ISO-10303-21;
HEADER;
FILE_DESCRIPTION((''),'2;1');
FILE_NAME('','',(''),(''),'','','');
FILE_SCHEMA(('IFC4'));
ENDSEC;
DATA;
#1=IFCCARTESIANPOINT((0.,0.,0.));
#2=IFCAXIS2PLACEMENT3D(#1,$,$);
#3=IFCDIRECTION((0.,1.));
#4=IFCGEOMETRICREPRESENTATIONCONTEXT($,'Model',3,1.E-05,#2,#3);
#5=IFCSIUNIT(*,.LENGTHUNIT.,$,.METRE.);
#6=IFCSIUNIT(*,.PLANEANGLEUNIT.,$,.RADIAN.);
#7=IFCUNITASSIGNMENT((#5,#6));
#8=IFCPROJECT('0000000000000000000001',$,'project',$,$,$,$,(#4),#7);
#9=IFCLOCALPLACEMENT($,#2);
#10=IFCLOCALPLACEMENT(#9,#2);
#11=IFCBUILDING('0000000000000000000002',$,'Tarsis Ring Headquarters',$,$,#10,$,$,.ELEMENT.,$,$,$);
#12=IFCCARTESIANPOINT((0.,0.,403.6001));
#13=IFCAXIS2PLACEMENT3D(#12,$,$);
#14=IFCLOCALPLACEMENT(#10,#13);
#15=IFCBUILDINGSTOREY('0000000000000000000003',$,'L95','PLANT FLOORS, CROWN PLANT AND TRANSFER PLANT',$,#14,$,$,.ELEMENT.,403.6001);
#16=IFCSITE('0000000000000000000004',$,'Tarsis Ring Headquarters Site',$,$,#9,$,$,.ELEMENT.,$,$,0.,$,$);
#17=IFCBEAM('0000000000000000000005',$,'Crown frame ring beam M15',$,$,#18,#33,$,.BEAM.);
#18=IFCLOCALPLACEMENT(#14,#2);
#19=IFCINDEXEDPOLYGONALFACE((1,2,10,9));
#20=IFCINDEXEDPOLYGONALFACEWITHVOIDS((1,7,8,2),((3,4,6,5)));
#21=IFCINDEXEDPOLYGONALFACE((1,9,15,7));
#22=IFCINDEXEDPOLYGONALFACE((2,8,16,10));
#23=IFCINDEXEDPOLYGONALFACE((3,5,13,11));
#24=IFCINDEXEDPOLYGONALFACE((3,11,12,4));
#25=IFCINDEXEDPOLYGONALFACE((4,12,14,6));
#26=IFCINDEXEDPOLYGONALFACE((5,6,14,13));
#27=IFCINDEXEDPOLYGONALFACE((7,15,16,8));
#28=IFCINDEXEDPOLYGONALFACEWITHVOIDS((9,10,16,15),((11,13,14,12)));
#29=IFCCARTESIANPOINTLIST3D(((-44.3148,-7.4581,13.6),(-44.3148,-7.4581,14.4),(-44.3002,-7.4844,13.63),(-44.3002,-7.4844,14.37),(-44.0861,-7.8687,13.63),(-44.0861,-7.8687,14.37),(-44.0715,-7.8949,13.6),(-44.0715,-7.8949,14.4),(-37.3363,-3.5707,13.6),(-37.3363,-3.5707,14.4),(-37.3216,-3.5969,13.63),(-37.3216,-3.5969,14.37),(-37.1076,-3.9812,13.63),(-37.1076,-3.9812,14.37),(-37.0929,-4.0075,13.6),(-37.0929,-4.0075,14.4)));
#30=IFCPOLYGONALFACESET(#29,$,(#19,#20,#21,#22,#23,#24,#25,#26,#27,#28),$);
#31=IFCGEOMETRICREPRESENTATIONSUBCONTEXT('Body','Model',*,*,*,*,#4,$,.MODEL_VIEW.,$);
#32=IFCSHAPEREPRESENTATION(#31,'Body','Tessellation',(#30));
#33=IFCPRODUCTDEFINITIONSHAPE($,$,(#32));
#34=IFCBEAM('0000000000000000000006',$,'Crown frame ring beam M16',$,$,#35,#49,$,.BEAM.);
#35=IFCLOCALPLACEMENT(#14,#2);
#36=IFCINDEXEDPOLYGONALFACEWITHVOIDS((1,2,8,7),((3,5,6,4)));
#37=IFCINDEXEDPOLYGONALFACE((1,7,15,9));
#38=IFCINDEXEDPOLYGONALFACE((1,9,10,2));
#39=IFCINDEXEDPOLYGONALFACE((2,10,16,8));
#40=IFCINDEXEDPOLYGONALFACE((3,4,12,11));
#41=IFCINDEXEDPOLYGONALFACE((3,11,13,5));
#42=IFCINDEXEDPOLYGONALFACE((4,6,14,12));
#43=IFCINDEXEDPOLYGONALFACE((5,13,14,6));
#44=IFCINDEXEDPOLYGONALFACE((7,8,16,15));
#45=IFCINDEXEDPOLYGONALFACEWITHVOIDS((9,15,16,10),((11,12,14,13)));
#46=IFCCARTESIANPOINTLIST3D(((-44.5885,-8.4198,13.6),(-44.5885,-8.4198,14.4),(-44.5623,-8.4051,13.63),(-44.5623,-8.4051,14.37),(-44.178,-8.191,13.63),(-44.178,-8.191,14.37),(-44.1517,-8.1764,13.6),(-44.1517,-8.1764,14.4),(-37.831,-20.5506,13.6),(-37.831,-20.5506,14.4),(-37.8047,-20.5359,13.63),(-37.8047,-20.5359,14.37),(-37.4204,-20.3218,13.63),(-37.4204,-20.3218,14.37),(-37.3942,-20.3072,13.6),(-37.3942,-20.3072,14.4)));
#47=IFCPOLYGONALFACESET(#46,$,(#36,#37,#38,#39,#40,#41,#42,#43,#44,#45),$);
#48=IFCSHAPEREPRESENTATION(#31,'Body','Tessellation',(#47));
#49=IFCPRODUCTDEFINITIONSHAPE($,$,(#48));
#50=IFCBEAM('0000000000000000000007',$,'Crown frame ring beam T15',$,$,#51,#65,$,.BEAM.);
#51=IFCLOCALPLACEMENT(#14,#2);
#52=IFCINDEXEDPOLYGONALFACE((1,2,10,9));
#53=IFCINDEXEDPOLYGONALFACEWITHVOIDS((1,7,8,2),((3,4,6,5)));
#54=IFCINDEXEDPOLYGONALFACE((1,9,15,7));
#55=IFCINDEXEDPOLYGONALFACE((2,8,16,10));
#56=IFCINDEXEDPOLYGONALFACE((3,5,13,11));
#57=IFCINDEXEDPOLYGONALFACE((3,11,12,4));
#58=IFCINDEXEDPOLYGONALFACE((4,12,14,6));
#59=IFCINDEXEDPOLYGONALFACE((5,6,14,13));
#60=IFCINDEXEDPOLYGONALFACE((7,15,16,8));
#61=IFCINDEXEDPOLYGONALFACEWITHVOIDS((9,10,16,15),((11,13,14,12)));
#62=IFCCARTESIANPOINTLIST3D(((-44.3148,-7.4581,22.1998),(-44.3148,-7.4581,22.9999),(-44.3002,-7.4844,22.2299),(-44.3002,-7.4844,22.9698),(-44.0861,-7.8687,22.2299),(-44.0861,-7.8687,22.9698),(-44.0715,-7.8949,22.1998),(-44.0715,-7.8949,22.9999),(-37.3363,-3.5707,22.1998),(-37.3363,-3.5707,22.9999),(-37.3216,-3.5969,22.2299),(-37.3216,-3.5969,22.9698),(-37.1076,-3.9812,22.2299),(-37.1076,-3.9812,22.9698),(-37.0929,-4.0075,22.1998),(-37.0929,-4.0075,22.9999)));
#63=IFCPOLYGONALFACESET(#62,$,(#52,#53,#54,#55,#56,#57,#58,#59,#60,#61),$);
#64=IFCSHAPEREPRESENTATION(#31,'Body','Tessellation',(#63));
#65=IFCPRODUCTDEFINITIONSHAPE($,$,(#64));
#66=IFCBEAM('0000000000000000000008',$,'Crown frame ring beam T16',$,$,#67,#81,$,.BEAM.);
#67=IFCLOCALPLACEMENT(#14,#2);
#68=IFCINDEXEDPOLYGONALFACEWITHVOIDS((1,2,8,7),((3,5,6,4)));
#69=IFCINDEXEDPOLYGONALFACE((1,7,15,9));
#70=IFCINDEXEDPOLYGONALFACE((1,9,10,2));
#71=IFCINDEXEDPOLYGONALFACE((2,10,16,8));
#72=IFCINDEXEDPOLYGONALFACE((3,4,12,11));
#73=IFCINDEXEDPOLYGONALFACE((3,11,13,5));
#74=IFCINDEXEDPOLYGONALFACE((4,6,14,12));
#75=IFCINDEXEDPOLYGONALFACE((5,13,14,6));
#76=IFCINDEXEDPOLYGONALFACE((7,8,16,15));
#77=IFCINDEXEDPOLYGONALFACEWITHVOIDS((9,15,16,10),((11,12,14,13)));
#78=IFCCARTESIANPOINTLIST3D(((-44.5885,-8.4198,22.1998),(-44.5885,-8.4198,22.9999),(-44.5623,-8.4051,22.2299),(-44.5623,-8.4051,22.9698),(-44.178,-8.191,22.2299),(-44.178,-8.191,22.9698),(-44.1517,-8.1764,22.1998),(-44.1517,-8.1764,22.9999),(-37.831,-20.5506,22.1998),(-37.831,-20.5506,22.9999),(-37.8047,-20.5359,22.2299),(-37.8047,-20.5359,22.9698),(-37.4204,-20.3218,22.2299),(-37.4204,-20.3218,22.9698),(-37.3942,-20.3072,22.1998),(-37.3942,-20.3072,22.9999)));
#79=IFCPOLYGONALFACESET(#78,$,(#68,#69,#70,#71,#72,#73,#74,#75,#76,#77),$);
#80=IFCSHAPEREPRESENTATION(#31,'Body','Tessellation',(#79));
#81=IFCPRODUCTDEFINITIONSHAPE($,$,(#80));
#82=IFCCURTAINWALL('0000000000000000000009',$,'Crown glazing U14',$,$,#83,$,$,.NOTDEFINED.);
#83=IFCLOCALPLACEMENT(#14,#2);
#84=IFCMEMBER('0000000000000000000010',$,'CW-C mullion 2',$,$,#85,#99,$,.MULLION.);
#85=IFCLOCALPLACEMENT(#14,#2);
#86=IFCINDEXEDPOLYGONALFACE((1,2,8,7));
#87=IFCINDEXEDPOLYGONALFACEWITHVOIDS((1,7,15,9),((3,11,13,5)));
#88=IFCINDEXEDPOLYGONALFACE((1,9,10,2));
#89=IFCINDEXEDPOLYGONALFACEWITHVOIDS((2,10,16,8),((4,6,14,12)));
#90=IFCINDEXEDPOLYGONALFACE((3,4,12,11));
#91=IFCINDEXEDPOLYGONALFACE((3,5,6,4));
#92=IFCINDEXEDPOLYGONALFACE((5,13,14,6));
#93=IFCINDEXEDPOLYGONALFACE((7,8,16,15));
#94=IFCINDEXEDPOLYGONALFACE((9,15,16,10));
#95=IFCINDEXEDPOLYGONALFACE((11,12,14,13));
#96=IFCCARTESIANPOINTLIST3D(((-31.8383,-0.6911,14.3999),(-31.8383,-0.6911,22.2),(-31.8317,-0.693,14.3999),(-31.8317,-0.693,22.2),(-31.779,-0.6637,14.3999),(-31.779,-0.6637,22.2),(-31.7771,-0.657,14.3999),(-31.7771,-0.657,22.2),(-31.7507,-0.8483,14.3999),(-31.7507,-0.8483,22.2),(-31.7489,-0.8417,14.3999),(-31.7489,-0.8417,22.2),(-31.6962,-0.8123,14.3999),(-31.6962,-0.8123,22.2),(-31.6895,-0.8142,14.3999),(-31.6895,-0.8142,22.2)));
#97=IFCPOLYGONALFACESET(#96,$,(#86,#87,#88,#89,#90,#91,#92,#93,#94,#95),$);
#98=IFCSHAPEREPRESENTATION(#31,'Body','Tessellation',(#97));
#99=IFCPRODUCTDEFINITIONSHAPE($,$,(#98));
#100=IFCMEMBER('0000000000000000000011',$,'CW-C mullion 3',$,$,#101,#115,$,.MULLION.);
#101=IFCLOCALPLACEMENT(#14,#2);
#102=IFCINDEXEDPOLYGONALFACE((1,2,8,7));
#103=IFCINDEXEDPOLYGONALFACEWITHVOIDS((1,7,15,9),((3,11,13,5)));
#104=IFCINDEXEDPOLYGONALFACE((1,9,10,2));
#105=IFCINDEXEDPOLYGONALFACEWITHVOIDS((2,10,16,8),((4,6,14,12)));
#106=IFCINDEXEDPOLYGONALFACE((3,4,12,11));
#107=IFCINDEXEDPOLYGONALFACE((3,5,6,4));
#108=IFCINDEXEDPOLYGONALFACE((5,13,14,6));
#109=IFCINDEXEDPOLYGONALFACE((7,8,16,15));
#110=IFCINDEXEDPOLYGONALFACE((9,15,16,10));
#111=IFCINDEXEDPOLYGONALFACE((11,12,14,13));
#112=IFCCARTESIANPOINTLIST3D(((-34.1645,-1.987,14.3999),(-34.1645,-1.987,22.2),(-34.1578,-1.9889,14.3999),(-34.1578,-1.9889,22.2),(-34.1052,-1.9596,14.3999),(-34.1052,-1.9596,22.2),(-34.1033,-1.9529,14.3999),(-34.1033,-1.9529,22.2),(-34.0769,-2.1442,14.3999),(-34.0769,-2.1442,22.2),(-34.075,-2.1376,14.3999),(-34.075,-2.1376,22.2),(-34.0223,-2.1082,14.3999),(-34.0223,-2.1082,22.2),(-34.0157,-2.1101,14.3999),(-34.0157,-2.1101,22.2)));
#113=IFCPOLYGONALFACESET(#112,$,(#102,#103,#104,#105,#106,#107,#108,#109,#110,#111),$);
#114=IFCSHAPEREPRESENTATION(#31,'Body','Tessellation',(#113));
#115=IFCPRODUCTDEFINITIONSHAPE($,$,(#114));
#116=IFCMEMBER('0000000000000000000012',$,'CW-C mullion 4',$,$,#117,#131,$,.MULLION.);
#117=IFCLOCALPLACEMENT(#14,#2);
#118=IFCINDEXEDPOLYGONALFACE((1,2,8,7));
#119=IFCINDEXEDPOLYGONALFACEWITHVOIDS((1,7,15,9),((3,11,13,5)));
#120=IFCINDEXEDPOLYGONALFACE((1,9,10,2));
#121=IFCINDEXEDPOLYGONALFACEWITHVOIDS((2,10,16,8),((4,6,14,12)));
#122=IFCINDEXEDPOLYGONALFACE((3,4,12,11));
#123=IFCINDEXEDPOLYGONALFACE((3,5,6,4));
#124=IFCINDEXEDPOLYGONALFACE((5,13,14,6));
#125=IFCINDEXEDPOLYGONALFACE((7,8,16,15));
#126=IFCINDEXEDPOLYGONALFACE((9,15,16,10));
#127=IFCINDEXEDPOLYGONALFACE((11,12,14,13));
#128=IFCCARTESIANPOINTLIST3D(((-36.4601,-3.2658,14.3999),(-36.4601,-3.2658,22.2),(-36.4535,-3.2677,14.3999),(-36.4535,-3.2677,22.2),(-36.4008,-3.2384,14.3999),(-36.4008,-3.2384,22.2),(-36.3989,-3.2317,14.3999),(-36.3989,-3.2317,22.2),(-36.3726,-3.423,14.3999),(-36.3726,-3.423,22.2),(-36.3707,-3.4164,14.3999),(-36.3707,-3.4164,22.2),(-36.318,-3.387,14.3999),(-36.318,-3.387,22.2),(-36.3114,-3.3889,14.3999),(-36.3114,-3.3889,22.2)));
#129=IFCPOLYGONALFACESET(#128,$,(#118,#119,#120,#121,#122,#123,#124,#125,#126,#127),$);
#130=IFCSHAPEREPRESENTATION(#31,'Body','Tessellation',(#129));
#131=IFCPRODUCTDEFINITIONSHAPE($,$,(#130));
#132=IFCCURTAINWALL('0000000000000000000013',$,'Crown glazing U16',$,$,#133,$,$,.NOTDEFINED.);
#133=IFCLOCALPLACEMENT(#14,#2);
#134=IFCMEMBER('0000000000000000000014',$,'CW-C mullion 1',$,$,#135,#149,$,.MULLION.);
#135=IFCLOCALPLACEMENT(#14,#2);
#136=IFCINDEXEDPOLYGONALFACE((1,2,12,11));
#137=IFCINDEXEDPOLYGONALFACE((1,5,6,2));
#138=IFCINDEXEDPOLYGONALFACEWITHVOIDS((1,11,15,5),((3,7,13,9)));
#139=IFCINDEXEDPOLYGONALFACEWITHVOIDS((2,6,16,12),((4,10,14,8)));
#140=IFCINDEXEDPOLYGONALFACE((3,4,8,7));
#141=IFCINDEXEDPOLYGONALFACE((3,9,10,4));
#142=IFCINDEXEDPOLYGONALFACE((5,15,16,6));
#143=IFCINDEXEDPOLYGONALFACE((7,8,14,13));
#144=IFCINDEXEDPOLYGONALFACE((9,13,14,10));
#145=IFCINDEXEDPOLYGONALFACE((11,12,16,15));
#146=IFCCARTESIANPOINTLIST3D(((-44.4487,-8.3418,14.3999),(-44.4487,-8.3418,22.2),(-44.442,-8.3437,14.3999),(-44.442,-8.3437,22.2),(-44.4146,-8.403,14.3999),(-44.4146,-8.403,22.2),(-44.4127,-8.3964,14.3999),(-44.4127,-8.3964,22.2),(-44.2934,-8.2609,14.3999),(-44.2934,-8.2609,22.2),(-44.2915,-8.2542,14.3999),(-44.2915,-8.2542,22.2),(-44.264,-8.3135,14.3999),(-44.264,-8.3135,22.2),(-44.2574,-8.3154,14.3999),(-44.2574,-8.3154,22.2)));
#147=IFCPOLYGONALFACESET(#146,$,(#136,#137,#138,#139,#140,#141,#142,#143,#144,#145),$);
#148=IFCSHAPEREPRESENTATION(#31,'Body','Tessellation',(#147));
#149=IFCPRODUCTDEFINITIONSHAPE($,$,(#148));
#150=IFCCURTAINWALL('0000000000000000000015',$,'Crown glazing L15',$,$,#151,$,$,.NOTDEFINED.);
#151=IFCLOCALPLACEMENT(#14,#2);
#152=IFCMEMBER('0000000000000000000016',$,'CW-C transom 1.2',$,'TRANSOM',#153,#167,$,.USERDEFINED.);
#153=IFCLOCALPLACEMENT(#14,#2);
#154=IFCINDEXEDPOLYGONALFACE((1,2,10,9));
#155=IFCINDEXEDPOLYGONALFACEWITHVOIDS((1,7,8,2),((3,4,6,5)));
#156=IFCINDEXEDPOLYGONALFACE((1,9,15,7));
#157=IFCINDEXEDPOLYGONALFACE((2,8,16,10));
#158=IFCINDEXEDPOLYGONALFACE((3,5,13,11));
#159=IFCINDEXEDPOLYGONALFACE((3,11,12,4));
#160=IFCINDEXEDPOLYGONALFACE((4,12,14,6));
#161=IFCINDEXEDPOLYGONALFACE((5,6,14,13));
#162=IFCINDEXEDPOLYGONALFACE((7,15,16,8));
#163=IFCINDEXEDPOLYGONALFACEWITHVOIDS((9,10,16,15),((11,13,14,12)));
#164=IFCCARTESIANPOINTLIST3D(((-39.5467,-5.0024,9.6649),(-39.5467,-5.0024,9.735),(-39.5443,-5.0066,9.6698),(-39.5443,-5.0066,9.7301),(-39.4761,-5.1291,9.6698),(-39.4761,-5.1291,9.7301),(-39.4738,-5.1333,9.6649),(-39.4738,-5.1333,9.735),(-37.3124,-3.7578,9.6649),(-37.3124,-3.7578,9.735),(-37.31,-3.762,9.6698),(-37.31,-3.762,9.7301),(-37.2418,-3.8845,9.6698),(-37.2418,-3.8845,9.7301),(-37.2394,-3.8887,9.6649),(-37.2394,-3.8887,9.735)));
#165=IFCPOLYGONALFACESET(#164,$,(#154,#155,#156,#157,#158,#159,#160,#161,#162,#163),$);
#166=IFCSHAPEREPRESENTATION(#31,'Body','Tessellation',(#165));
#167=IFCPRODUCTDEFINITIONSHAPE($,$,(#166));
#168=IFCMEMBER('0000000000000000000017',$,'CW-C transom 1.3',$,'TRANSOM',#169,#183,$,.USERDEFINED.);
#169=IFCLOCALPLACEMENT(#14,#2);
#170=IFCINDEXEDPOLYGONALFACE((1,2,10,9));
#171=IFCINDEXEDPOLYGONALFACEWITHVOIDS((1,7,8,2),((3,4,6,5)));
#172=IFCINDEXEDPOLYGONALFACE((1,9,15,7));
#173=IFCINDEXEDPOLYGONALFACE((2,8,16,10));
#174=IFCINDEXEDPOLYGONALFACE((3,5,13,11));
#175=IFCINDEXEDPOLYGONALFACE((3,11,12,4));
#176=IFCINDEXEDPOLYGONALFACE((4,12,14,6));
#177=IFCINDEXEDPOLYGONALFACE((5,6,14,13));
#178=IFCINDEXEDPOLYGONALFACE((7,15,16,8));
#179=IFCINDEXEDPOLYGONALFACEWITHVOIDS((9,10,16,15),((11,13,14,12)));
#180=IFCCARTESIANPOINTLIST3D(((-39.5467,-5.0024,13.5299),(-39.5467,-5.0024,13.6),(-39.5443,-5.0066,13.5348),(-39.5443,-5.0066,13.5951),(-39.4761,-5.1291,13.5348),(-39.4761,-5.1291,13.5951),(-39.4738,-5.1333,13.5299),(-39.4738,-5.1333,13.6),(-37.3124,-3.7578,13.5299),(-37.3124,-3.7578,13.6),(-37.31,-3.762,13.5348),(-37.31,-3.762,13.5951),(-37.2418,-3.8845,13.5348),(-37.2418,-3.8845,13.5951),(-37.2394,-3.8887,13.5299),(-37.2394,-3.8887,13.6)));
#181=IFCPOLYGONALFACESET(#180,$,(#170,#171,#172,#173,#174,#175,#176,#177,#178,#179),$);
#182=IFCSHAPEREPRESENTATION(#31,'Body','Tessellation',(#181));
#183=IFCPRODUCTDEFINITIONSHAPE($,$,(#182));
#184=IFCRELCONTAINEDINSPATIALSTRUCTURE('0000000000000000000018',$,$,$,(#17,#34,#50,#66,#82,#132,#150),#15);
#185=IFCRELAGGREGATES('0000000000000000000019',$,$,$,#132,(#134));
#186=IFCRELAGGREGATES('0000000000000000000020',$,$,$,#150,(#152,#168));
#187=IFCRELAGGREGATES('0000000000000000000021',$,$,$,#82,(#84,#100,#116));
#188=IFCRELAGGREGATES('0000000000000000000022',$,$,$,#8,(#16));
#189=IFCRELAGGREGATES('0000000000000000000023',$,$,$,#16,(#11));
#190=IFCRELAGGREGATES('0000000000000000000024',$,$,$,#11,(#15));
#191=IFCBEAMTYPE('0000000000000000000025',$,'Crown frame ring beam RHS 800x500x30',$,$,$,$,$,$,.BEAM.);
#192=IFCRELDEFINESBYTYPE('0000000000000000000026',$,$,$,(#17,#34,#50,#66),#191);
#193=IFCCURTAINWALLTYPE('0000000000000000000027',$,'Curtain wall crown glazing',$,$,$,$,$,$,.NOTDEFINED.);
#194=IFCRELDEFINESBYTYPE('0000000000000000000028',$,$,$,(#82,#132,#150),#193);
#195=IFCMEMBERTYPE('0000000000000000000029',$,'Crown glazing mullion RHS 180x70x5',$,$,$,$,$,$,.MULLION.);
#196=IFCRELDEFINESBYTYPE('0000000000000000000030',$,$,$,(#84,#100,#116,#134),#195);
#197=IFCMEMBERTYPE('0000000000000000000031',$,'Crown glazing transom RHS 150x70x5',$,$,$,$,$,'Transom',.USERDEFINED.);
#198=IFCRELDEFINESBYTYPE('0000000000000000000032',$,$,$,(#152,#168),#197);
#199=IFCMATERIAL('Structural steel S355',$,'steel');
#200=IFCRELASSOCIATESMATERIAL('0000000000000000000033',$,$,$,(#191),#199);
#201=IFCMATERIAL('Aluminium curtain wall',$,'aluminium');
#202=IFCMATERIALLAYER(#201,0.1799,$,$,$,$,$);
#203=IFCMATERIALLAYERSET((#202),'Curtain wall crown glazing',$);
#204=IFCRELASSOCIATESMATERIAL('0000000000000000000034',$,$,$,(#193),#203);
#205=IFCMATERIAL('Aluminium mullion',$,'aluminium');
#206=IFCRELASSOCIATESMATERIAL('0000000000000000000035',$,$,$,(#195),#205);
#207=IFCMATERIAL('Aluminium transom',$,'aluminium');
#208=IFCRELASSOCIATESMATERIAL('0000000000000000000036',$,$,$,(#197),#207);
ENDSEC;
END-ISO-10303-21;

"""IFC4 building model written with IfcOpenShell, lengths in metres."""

from ifc_helpers import new_model, si_unit, direction, frame, origin, origin_2d, place, context, subcontext, project, spatial, hollow_rectangle, extrude, material, layer, layer_set, material_profile, profile_set, type_object, element, aggregate, save


model = new_model("IFC4")

# Units and contexts
model_context = context("Model", 3, precision=1e-05, world=origin(), true_north=direction((0.0, 1.0)))
body_context = subcontext(model_context, "Body", "Model", "MODEL_VIEW")
ifc_project = project(units=[si_unit("LENGTHUNIT", "METRE"), si_unit("PLANEANGLEUNIT", "RADIAN")], contexts=[model_context])

# Site, building, storey
site_placement = place(None, origin())
site = spatial("IfcSite", under=ifc_project, at=site_placement, Name="Tarsis Ring Headquarters Site", CompositionType="ELEMENT", RefElevation=0.0)
building_placement = place(site_placement, origin())
building = spatial("IfcBuilding", under=site, at=building_placement, Name="Tarsis Ring Headquarters", CompositionType="ELEMENT")
storey_placement = place(building_placement, frame((0.0, 0.0, 403.6001)))
storey = spatial("IfcBuildingStorey", under=building, at=storey_placement, Name="L95", Description="PLANT FLOORS, CROWN PLANT AND TRANSFER PLANT", CompositionType="ELEMENT", Elevation=403.6001)

# Beams
ifc_material_1 = material(Name="Structural steel S355", Category="steel")
ifc_material_profile_1 = material_profile(ifc_material_1, hollow_rectangle(XDim=0.5, YDim=0.8, WallThickness=0.03, at=origin_2d()), Name="RHS 800x500x30")
ifc_profile_set_1 = profile_set([ifc_material_profile_1], Name="Structural steel S355")
beam_type = type_object("IfcBeamType", Name="Crown frame ring beam RHS 800x500x30", PredefinedType="BEAM", material=ifc_profile_set_1)
beam_1_placement = place(storey_placement, frame((-37.2146, -3.7891, 14.0), z_axis=(-0.873599, -0.486647, 0.0), x_axis=(0.486647, -0.873599, 0.0)))
element("IfcBeam", 1, at=beam_1_placement, inside=storey, type_object=beam_type, Name="Crown frame ring beam M15", PredefinedType="BEAM", context=body_context, shape_type="SweptSolid", body=[
    extrude(hollow_rectangle(XDim=0.5, YDim=0.8, WallThickness=0.03, at=origin_2d()), origin(), (0.0, 0.0, 1.0), 7.9883),
])
beam_2_placement = place(storey_placement, frame((-44.3701, -8.2981, 14.0), z_axis=(0.486644, -0.8736, 0.0), x_axis=(0.8736, 0.486644, 0.0)))
element("IfcBeam", 2, at=beam_2_placement, inside=storey, type_object=beam_type, Name="Crown frame ring beam M16", PredefinedType="BEAM", context=body_context, shape_type="SweptSolid", body=[
    extrude(hollow_rectangle(XDim=0.5, YDim=0.8, WallThickness=0.03, at=origin_2d()), origin(), (0.0, 0.0, 1.0), 13.886),
])
beam_3_placement = place(storey_placement, frame((-37.2146, -3.7891, 22.5999), z_axis=(-0.873599, -0.486647, 0.0), x_axis=(0.486647, -0.873599, 0.0)))
element("IfcBeam", 3, at=beam_3_placement, inside=storey, type_object=beam_type, Name="Crown frame ring beam T15", PredefinedType="BEAM", context=body_context, shape_type="SweptSolid", body=[
    extrude(hollow_rectangle(XDim=0.5, YDim=0.8, WallThickness=0.03, at=origin_2d()), origin(), (0.0, 0.0, 1.0), 7.9883),
])
beam_4_placement = place(storey_placement, frame((-44.3701, -8.2981, 22.5999), z_axis=(0.486644, -0.8736, 0.0), x_axis=(0.8736, 0.486644, 0.0)))
element("IfcBeam", 4, at=beam_4_placement, inside=storey, type_object=beam_type, Name="Crown frame ring beam T16", PredefinedType="BEAM", context=body_context, shape_type="SweptSolid", body=[
    extrude(hollow_rectangle(XDim=0.5, YDim=0.8, WallThickness=0.03, at=origin_2d()), origin(), (0.0, 0.0, 1.0), 13.886),
])

# Curtain wall, members
ifc_material_2 = material(Name="Aluminium curtain wall", Category="aluminium")
ifc_layer_1 = layer(ifc_material_2, 0.1799)
ifc_layer_set_1 = layer_set([ifc_layer_1], Name="Curtain wall crown glazing")
curtain_wall_type = type_object("IfcCurtainWallType", Name="Curtain wall crown glazing", PredefinedType="NOTDEFINED", material=ifc_layer_set_1)
curtain_wall_1_placement = place(storey_placement, origin())
curtain_wall_1 = element("IfcCurtainWall", 5, at=curtain_wall_1_placement, inside=storey, type_object=curtain_wall_type, Name="Crown glazing U14", PredefinedType="NOTDEFINED")
ifc_material_3 = material(Name="Aluminium mullion", Category="aluminium")
ifc_material_profile_2 = material_profile(ifc_material_3, hollow_rectangle(XDim=0.1799, YDim=0.0701, WallThickness=0.0049, at=origin_2d()), Name="RHS 180x70x5")
ifc_profile_set_2 = profile_set([ifc_material_profile_2], Name="Aluminium mullion")
member_type_1 = type_object("IfcMemberType", Name="Crown glazing mullion RHS 180x70x5", PredefinedType="MULLION", material=ifc_profile_set_2)
member_1_placement = place(storey_placement, frame((-31.7639, -0.7527, 14.3999), z_axis=(0.0, 0.0, 1.0), x_axis=(0.48664, -0.873602, 0.0)))
member_1 = element("IfcMember", 6, at=member_1_placement, type_object=member_type_1, Name="CW-C mullion 2", PredefinedType="MULLION", context=body_context, shape_type="SweptSolid", body=[
    extrude(hollow_rectangle(XDim=0.1799, YDim=0.0701, WallThickness=0.0049, at=origin_2d()), origin(), (0.0, 0.0, 1.0), 7.8),
])
member_2_placement = place(storey_placement, frame((-34.0901, -2.0486, 14.3999), z_axis=(0.0, 0.0, 1.0), x_axis=(0.48664, -0.873602, 0.0)))
member_2 = element("IfcMember", 7, at=member_2_placement, type_object=member_type_1, Name="CW-C mullion 3", PredefinedType="MULLION", context=body_context, shape_type="SweptSolid", body=[
    extrude(hollow_rectangle(XDim=0.1799, YDim=0.0701, WallThickness=0.0049, at=origin_2d()), origin(), (0.0, 0.0, 1.0), 7.8),
])
member_3_placement = place(storey_placement, frame((-36.3857, -3.3274, 14.3999), z_axis=(0.0, 0.0, 1.0), x_axis=(0.48664, -0.873602, 0.0)))
member_3 = element("IfcMember", 8, at=member_3_placement, type_object=member_type_1, Name="CW-C mullion 4", PredefinedType="MULLION", context=body_context, shape_type="SweptSolid", body=[
    extrude(hollow_rectangle(XDim=0.1799, YDim=0.0701, WallThickness=0.0049, at=origin_2d()), origin(), (0.0, 0.0, 1.0), 7.8),
])

# Curtain wall, member
curtain_wall_2_placement = place(storey_placement, origin())
curtain_wall_2 = element("IfcCurtainWall", 9, at=curtain_wall_2_placement, inside=storey, type_object=curtain_wall_type, Name="Crown glazing U16", PredefinedType="NOTDEFINED")
member_4_placement = place(storey_placement, frame((-44.353, -8.3286, 14.3999), z_axis=(0.0, 0.0, 1.0), x_axis=(0.873602, 0.48664, 0.0)))
member_4 = element("IfcMember", 10, at=member_4_placement, type_object=member_type_1, Name="CW-C mullion 1", PredefinedType="MULLION", context=body_context, shape_type="SweptSolid", body=[
    extrude(hollow_rectangle(XDim=0.1799, YDim=0.0701, WallThickness=0.0049, at=origin_2d()), origin(), (0.0, 0.0, 1.0), 7.8),
])
aggregate(curtain_wall_2, [member_4])

# Curtain wall, members
curtain_wall_3_placement = place(storey_placement, origin())
curtain_wall_3 = element("IfcCurtainWall", 11, at=curtain_wall_3_placement, inside=storey, type_object=curtain_wall_type, Name="Crown glazing L15", PredefinedType="NOTDEFINED")
ifc_material_4 = material(Name="Aluminium transom", Category="aluminium")
ifc_material_profile_3 = material_profile(ifc_material_4, hollow_rectangle(XDim=0.1499, YDim=0.0701, WallThickness=0.0049, at=origin_2d()), Name="RHS 150x70x5")
ifc_profile_set_3 = profile_set([ifc_material_profile_3], Name="Aluminium transom")
member_type_2 = type_object("IfcMemberType", Name="Crown glazing transom RHS 150x70x5", ElementType="Transom", PredefinedType="USERDEFINED", material=ifc_profile_set_3)
member_5_placement = place(storey_placement, frame((-37.2759, -3.8232, 9.7), z_axis=(-0.873607, -0.486631, 0.0), x_axis=(0.486631, -0.873607, 0.0)))
member_5 = element("IfcMember", 12, at=member_5_placement, type_object=member_type_2, Name="CW-C transom 1.2", ObjectType="TRANSOM", PredefinedType="USERDEFINED", context=body_context, shape_type="SweptSolid", body=[
    extrude(hollow_rectangle(XDim=0.1499, YDim=0.0701, WallThickness=0.0049, at=origin_2d()), origin(), (0.0, 0.0, 1.0), 2.5576),
])
member_6_placement = place(storey_placement, frame((-37.2759, -3.8232, 13.5649), z_axis=(-0.873607, -0.486631, 0.0), x_axis=(0.486631, -0.873607, 0.0)))
member_6 = element("IfcMember", 13, at=member_6_placement, type_object=member_type_2, Name="CW-C transom 1.3", ObjectType="TRANSOM", PredefinedType="USERDEFINED", context=body_context, shape_type="SweptSolid", body=[
    extrude(hollow_rectangle(XDim=0.1499, YDim=0.0701, WallThickness=0.0049, at=origin_2d()), origin(), (0.0, 0.0, 1.0), 2.5576),
])

aggregate(curtain_wall_3, [member_5, member_6])
aggregate(curtain_wall_1, [member_1, member_2, member_3])

save(model, "model.ifc")
